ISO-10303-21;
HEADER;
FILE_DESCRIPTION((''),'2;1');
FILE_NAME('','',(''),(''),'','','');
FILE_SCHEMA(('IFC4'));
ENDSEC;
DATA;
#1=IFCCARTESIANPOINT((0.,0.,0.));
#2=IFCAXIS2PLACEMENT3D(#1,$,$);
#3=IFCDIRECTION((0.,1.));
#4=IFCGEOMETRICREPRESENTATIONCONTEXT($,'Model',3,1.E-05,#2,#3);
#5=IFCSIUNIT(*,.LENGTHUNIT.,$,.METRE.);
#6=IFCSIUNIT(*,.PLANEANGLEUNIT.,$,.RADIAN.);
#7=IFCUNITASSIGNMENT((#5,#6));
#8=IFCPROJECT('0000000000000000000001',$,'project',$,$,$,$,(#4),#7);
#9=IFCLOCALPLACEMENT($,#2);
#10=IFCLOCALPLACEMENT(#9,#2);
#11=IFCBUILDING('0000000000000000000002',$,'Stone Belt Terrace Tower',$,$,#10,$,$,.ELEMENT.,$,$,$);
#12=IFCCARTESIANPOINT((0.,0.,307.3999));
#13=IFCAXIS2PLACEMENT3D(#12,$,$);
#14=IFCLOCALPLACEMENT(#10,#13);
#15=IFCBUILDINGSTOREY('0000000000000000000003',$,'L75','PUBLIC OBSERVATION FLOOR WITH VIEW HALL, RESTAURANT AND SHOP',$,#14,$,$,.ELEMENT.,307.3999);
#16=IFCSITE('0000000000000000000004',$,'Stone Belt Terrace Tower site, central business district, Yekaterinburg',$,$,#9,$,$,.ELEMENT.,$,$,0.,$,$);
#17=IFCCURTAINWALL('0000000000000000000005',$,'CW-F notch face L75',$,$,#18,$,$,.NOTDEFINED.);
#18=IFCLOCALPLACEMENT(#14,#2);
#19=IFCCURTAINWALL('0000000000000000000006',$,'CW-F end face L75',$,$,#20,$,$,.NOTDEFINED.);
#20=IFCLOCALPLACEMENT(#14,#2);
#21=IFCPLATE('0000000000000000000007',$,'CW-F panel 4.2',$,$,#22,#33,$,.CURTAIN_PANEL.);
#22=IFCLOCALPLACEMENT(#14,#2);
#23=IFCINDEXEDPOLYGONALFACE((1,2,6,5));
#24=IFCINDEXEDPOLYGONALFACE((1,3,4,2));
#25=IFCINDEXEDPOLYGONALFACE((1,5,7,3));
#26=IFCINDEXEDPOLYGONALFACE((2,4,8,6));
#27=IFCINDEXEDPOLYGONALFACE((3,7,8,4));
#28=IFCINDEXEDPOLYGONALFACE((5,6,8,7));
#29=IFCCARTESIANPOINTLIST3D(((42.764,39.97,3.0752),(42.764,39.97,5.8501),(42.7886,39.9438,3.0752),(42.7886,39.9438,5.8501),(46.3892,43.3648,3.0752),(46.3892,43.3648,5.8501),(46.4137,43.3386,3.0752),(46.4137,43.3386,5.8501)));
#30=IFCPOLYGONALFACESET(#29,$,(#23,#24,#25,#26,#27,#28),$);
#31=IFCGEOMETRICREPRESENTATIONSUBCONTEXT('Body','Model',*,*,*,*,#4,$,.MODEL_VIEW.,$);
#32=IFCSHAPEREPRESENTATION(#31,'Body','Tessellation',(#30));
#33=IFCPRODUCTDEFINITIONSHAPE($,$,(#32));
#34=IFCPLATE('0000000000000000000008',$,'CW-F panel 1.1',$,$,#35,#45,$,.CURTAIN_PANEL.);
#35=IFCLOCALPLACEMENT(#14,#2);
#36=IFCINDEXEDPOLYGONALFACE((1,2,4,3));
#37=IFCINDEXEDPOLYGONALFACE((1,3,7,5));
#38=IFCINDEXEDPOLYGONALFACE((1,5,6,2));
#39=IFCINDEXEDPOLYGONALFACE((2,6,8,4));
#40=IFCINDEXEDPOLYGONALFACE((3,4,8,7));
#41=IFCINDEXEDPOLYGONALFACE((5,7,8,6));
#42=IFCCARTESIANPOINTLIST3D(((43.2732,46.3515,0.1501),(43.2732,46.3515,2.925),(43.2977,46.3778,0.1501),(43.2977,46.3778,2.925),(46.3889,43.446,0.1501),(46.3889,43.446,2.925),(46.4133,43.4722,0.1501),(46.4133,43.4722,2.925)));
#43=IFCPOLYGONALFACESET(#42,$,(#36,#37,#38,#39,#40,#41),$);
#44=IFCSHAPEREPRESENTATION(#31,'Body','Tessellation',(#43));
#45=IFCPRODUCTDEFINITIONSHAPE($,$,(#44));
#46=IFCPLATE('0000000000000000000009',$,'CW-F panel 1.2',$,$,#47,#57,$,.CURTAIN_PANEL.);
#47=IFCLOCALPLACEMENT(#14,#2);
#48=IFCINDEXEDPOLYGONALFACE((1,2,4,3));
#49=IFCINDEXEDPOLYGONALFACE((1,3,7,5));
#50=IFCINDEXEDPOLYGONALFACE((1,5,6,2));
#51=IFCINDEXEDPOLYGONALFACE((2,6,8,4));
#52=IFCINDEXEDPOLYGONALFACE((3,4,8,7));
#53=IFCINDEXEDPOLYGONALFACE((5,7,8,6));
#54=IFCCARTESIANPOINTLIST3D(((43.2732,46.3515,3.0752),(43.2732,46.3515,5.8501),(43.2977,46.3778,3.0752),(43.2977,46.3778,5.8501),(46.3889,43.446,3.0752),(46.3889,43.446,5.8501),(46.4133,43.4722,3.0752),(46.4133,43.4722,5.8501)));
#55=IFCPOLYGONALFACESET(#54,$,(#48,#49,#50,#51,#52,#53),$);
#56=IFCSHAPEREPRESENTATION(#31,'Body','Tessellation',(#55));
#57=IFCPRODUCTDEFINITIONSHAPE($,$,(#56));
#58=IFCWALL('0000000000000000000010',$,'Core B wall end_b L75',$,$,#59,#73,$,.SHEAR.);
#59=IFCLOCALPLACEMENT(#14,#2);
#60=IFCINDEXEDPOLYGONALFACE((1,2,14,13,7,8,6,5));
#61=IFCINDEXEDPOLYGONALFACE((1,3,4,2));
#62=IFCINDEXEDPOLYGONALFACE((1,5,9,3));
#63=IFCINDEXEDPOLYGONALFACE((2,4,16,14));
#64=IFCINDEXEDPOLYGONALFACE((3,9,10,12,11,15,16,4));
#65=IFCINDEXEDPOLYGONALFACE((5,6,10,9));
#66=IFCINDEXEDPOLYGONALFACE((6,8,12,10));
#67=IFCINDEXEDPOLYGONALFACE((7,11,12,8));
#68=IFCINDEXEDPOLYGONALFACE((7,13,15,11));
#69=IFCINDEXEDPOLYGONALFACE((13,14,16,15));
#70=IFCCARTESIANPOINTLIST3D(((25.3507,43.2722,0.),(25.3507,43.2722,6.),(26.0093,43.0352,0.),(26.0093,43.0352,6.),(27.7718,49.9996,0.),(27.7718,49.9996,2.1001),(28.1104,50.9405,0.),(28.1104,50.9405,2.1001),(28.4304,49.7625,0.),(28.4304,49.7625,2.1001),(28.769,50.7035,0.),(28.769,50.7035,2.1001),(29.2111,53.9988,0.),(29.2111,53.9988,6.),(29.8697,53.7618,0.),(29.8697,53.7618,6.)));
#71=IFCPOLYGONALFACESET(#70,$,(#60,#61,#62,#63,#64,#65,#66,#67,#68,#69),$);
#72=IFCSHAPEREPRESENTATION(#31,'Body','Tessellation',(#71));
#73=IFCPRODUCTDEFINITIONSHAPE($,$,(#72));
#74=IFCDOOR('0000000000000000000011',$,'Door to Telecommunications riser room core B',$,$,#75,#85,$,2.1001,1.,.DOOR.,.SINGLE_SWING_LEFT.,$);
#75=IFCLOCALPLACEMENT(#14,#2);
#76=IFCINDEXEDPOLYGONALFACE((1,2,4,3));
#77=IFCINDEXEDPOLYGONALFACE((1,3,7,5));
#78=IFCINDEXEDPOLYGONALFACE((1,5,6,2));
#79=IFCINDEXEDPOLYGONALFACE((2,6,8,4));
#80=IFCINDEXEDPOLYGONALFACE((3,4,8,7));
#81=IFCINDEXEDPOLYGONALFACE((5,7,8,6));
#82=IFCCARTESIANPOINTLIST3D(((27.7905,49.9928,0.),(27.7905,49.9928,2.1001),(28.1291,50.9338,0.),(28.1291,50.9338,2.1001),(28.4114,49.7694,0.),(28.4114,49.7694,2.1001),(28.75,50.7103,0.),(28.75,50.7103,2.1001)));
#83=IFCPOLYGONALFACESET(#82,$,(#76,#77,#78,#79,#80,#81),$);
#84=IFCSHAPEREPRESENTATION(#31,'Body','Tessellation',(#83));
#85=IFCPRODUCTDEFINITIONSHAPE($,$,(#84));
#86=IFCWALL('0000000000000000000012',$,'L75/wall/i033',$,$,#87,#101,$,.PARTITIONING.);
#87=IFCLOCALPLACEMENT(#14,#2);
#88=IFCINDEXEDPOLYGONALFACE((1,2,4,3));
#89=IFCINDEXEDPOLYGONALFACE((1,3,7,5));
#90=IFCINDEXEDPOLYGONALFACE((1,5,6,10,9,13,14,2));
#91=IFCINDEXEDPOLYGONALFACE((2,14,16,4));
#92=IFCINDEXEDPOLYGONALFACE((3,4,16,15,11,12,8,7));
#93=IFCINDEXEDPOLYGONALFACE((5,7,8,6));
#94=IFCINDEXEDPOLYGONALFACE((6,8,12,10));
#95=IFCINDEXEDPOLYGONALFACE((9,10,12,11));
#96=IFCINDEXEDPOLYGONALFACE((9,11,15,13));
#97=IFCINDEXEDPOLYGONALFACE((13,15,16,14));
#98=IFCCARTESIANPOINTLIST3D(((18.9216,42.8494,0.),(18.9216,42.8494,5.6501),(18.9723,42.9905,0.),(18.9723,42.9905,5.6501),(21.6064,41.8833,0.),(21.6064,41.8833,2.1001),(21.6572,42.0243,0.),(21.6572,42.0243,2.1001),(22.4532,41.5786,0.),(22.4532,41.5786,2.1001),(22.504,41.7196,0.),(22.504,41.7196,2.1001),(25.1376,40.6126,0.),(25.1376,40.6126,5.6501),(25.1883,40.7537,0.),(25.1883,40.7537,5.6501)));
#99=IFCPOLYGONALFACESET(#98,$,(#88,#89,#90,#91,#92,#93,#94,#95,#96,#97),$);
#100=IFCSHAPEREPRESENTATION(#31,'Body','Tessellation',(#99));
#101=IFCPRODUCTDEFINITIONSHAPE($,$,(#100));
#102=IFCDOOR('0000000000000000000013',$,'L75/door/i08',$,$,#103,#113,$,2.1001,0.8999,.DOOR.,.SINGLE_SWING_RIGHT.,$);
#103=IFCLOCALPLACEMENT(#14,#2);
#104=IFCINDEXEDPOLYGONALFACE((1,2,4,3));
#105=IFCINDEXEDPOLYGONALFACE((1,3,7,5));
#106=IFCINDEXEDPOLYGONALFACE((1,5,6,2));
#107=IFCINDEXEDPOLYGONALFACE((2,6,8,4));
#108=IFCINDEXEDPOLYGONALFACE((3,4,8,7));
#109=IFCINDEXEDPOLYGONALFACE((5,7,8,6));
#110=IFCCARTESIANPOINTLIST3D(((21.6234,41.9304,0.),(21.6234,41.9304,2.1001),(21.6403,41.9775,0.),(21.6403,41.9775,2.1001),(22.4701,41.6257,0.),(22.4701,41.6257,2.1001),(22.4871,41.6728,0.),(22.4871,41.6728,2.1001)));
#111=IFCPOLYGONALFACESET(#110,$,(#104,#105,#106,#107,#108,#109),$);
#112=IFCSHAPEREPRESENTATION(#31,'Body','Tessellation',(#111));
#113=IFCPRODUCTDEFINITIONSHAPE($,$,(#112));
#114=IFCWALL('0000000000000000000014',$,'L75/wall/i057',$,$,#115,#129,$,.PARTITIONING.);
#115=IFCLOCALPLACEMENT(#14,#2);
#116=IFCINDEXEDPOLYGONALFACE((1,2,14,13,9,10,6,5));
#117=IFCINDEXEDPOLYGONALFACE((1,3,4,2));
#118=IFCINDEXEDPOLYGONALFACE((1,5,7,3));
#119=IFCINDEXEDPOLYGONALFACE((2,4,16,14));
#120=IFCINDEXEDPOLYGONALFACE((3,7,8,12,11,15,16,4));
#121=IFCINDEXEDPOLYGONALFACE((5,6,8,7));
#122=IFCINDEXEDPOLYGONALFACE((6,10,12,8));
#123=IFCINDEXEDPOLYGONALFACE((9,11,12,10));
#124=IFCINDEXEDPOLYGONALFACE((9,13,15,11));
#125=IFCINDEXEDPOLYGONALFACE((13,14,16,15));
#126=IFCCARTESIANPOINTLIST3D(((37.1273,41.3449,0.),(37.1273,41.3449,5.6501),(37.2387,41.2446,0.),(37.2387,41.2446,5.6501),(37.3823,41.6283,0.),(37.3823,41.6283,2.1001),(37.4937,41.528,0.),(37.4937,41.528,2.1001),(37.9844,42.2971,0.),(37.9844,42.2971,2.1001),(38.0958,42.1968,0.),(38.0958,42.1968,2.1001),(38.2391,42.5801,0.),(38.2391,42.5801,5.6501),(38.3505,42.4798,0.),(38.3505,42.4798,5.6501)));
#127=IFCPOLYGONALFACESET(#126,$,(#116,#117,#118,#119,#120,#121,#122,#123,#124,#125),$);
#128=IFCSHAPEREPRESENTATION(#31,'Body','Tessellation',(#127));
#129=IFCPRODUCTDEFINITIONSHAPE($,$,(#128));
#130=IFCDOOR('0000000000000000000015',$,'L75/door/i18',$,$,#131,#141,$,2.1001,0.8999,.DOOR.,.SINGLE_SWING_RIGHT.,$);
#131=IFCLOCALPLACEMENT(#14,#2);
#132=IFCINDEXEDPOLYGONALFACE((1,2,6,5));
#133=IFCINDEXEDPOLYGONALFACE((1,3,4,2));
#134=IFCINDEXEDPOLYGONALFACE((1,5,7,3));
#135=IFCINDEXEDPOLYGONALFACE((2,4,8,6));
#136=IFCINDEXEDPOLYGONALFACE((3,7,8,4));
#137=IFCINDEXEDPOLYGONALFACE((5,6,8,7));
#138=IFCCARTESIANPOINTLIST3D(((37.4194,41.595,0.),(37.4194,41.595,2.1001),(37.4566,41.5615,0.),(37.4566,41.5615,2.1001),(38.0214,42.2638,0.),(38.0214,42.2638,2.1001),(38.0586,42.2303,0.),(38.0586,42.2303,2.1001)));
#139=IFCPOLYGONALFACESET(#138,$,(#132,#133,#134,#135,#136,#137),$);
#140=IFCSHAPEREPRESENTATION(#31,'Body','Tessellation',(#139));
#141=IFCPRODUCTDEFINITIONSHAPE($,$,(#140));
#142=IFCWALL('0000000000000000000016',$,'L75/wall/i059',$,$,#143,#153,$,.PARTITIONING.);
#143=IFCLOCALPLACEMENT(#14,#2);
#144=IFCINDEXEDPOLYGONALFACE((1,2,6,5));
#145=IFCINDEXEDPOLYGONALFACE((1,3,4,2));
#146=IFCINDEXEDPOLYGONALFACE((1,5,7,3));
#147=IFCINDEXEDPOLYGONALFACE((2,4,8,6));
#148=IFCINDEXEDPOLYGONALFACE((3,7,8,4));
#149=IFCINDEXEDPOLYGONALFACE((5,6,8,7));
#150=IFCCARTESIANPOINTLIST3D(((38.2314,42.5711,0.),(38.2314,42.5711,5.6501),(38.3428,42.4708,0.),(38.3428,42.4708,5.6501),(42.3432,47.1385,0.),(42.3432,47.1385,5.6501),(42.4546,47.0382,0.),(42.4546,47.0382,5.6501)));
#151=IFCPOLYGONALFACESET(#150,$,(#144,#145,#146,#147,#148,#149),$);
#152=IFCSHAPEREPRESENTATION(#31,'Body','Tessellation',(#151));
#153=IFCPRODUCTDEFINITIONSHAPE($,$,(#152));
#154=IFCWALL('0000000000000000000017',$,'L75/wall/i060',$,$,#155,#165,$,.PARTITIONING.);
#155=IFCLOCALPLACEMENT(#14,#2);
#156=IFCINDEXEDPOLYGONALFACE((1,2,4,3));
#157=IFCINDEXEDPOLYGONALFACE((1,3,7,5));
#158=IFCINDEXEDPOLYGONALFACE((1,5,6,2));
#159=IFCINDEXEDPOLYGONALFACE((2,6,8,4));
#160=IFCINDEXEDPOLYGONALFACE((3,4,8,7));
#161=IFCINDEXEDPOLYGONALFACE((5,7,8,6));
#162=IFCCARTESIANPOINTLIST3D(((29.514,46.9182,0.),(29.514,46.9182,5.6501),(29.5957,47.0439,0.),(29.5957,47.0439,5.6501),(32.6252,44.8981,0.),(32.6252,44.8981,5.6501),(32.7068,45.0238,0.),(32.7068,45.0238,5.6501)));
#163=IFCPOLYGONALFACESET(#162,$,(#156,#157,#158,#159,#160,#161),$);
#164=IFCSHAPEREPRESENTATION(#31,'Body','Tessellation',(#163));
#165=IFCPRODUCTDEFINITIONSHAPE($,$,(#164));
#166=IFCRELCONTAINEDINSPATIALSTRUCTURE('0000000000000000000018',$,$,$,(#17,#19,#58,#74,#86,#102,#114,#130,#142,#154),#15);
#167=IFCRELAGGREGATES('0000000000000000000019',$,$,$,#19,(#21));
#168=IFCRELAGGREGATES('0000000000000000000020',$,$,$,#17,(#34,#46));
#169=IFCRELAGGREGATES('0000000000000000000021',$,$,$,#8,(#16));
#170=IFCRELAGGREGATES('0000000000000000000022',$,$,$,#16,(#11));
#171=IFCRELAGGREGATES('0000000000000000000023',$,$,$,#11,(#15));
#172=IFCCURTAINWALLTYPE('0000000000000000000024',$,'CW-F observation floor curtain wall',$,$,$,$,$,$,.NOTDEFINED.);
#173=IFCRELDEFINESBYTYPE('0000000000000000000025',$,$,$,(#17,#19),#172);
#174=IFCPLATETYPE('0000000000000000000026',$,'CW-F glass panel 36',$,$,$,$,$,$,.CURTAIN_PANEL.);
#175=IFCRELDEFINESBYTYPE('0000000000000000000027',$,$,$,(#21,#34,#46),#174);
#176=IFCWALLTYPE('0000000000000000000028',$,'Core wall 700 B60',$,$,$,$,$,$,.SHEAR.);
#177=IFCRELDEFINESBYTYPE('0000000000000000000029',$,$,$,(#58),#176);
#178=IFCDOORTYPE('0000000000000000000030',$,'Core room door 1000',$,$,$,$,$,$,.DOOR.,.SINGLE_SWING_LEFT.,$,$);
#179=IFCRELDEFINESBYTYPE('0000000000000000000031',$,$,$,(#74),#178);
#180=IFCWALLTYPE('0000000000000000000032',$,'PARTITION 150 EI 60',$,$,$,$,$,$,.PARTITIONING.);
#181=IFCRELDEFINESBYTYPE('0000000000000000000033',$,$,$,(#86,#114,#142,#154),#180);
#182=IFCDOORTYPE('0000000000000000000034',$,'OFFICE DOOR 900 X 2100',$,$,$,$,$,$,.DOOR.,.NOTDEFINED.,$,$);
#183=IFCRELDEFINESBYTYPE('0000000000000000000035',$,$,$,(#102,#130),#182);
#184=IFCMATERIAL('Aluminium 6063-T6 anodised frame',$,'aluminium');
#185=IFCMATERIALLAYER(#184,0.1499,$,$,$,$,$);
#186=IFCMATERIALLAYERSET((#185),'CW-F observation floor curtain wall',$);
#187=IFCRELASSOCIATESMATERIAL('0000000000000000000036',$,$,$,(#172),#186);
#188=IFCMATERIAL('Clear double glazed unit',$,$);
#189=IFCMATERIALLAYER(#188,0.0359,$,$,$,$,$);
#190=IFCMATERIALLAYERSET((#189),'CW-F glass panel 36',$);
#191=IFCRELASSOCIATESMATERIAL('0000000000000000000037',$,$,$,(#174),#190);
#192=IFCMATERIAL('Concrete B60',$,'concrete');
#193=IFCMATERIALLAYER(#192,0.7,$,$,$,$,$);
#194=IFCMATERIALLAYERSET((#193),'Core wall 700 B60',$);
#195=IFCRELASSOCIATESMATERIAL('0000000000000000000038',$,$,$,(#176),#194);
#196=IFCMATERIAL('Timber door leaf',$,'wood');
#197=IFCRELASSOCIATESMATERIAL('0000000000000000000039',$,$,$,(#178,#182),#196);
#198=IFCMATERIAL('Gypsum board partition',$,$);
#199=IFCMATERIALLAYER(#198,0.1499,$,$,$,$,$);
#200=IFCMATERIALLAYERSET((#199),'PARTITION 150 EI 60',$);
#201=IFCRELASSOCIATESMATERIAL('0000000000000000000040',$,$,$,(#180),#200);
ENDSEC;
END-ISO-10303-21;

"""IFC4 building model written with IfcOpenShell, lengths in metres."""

from ifc_helpers import new_model, si_unit, direction, frame, frame_2d, origin, origin_2d, place, context, subcontext, project, spatial, rectangle, extrude, material, layer, layer_set, type_object, element, fill, aggregate, save


model = new_model("IFC4")

# Units and contexts
model_context = context("Model", 3, precision=1e-05, world=origin(), true_north=direction((0.0, 1.0)))
body_context = subcontext(model_context, "Body", "Model", "MODEL_VIEW")
ifc_project = project(units=[si_unit("LENGTHUNIT", "METRE"), si_unit("PLANEANGLEUNIT", "RADIAN")], contexts=[model_context])

# Site, building, storey
site_placement = place(None, origin())
site = spatial("IfcSite", under=ifc_project, at=site_placement, Name="Stone Belt Terrace Tower site, central business district, Yekaterinburg", CompositionType="ELEMENT", RefElevation=0.0)
building_placement = place(site_placement, origin())
building = spatial("IfcBuilding", under=site, at=building_placement, Name="Stone Belt Terrace Tower", CompositionType="ELEMENT")
storey_placement = place(building_placement, frame((0.0, 0.0, 307.3999)))
storey = spatial("IfcBuildingStorey", under=building, at=storey_placement, Name="L75", Description="PUBLIC OBSERVATION FLOOR WITH VIEW HALL, RESTAURANT AND SHOP", CompositionType="ELEMENT", Elevation=307.3999)

# Shared definitions
ifc_material_1 = material(Name="Concrete B60", Category="concrete")

# Curtain walls
ifc_material_2 = material(Name="Aluminium 6063-T6 anodised frame", Category="aluminium")
ifc_layer_1 = layer(ifc_material_2, 0.1499)
ifc_layer_set_1 = layer_set([ifc_layer_1], Name="CW-F observation floor curtain wall")
curtain_wall_type = type_object("IfcCurtainWallType", Name="CW-F observation floor curtain wall", PredefinedType="NOTDEFINED", material=ifc_layer_set_1)
curtain_wall_1_placement = place(storey_placement, origin())
curtain_wall_1 = element("IfcCurtainWall", 1, at=curtain_wall_1_placement, inside=storey, type_object=curtain_wall_type, Name="CW-F notch face L75", PredefinedType="NOTDEFINED")
curtain_wall_2_placement = place(storey_placement, origin())
curtain_wall_2 = element("IfcCurtainWall", 2, at=curtain_wall_2_placement, inside=storey, type_object=curtain_wall_type, Name="CW-F end face L75", PredefinedType="NOTDEFINED")

# Plates
ifc_material_3 = material(Name="Clear double glazed unit")
ifc_layer_2 = layer(ifc_material_3, 0.0359)
ifc_layer_set_2 = layer_set([ifc_layer_2], Name="CW-F glass panel 36")
plate_type = type_object("IfcPlateType", Name="CW-F glass panel 36", PredefinedType="CURTAIN_PANEL", material=ifc_layer_set_2)
plate_1_placement = place(storey_placement, frame((44.5889, 41.6543, 3.0752), z_axis=(0.0, 0.0, 1.0), x_axis=(0.729904, 0.683549, 0.0)))
plate_1 = element("IfcPlate", 3, at=plate_1_placement, type_object=plate_type, Name="CW-F panel 4.2", PredefinedType="CURTAIN_PANEL", context=body_context, shape_type="SweptSolid", body=[
    extrude(rectangle(XDim=4.9666, YDim=0.0359, at=origin_2d()), origin(), (0.0, 0.0, 1.0), 2.7749),
])
aggregate(curtain_wall_2, [plate_1])
plate_2_placement = place(storey_placement, frame((44.8433, 44.9119, 0.1501), z_axis=(0.0, 0.0, 1.0), x_axis=(-0.731339, 0.682014, 0.0)))
plate_2 = element("IfcPlate", 4, at=plate_2_placement, type_object=plate_type, Name="CW-F panel 1.1", PredefinedType="CURTAIN_PANEL", context=body_context, shape_type="SweptSolid", body=[
    extrude(rectangle(XDim=4.2603, YDim=0.0359, at=origin_2d()), origin(), (0.0, 0.0, 1.0), 2.7749),
])
plate_3_placement = place(storey_placement, frame((44.8433, 44.9119, 3.0752), z_axis=(0.0, 0.0, 1.0), x_axis=(-0.731339, 0.682014, 0.0)))
plate_3 = element("IfcPlate", 5, at=plate_3_placement, type_object=plate_type, Name="CW-F panel 1.2", PredefinedType="CURTAIN_PANEL", context=body_context, shape_type="SweptSolid", body=[
    extrude(rectangle(XDim=4.2603, YDim=0.0359, at=origin_2d()), origin(), (0.0, 0.0, 1.0), 2.7749),
])
aggregate(curtain_wall_1, [plate_2, plate_3])

# Walls, openings, doors
ifc_layer_3 = layer(ifc_material_1, 0.7)
ifc_layer_set_3 = layer_set([ifc_layer_3], Name="Core wall 700 B60")
wall_type_1 = type_object("IfcWallType", Name="Core wall 700 B60", PredefinedType="SHEAR", material=ifc_layer_set_3)
wall_1_placement = place(storey_placement, frame((25.6799, 43.1536, 0.0), z_axis=(0.0, 0.0, 1.0), x_axis=(0.338625, 0.940921, 0.0)))
wall_1 = element("IfcWall", 6, at=wall_1_placement, inside=storey, type_object=wall_type_1, Name="Core B wall end_b L75", PredefinedType="SHEAR", context=body_context, shape_type="SweptSolid", body=[
    extrude(rectangle(XDim=11.4001, YDim=0.7, at=frame_2d((5.7002, 0.0))), origin(), (0.0, 0.0, 1.0), 6.0),
])
opening_1_placement = place(wall_1_placement, frame((7.1499, 0.0, 0.0)))
opening_1 = element("IfcOpeningElement", 7, at=opening_1_placement, cuts=wall_1, PredefinedType="OPENING", context=body_context, shape_type="SweptSolid", body=[
    extrude(rectangle(XDim=1.0, YDim=2.1001, at=frame_2d((0.5, 1.05))), frame((0.0, 0.3599, 0.0), z_axis=(0.0, -1.0, 0.0), x_axis=(1.0, 0.0, 0.0)), (0.0, 0.0, 1.0), 0.72),
])
ifc_material_4 = material(Name="Timber door leaf", Category="wood")
door_type_1 = type_object("IfcDoorType", Name="Core room door 1000", OperationType="SINGLE_SWING_LEFT", PredefinedType="DOOR", material=ifc_material_4)
door_1_placement = place(opening_1_placement, origin())
door_1 = element("IfcDoor", 8, at=door_1_placement, inside=storey, type_object=door_type_1, Name="Door to Telecommunications riser room core B", OperationType="SINGLE_SWING_LEFT", OverallHeight=2.1001, OverallWidth=1.0, PredefinedType="DOOR", context=body_context, shape_type="SweptSolid", body=[
    extrude(rectangle(XDim=1.0, YDim=2.1001, at=frame_2d((0.5, 1.05))), frame((0.0, 0.3301, 0.0), z_axis=(0.0, -1.0, 0.0), x_axis=(1.0, 0.0, 0.0)), (0.0, 0.0, 1.0), 0.6599),
])
fill(opening_1, door_1)
ifc_material_5 = material(Name="Gypsum board partition")
ifc_layer_4 = layer(ifc_material_5, 0.1499)
ifc_layer_set_4 = layer_set([ifc_layer_4], Name="PARTITION 150 EI 60")
wall_type_2 = type_object("IfcWallType", Name="PARTITION 150 EI 60", PredefinedType="PARTITIONING", material=ifc_layer_set_4)
wall_2_placement = place(storey_placement, frame((25.1631, 40.6831, 0.0), z_axis=(0.0, 0.0, 1.0), x_axis=(-0.940934, 0.33859, 0.0)))
wall_2 = element("IfcWall", 9, at=wall_2_placement, inside=storey, type_object=wall_type_2, Name="L75/wall/i033", PredefinedType="PARTITIONING", context=body_context, shape_type="SweptSolid", body=[
    extrude(rectangle(XDim=6.6062, YDim=0.1499, at=frame_2d((3.3032, 0.0))), origin(), (0.0, 0.0, 1.0), 5.6501),
])
opening_2_placement = place(wall_2_placement, frame((2.853, 0.0, 0.0)))
opening_2 = element("IfcOpeningElement", 10, at=opening_2_placement, cuts=wall_2, PredefinedType="OPENING", context=body_context, shape_type="SweptSolid", body=[
    extrude(rectangle(XDim=0.8999, YDim=2.1001, at=frame_2d((0.45, 1.05))), frame((0.0, 0.085, 0.0), z_axis=(0.0, -1.0, 0.0), x_axis=(1.0, 0.0, 0.0)), (0.0, 0.0, 1.0), 0.1699),
])
door_type_2 = type_object("IfcDoorType", Name="OFFICE DOOR 900 X 2100", OperationType="NOTDEFINED", PredefinedType="DOOR", material=ifc_material_4)
door_2_placement = place(opening_2_placement, origin())
door_2 = element("IfcDoor", 11, at=door_2_placement, inside=storey, type_object=door_type_2, Name="L75/door/i08", OperationType="SINGLE_SWING_RIGHT", OverallHeight=2.1001, OverallWidth=0.8999, PredefinedType="DOOR", context=body_context, shape_type="SweptSolid", body=[
    extrude(rectangle(XDim=0.8999, YDim=2.1001, at=frame_2d((0.45, 1.05))), frame((0.0, 0.0249, 0.0), z_axis=(0.0, -1.0, 0.0), x_axis=(1.0, 0.0, 0.0)), (0.0, 0.0, 1.0), 0.05),
])
fill(opening_2, door_2)
wall_3_placement = place(storey_placement, frame((38.2949, 42.53, 0.0), z_axis=(0.0, 0.0, 1.0), x_axis=(-0.669038, -0.743228, 0.0)))
wall_3 = element("IfcWall", 12, at=wall_3_placement, inside=storey, type_object=wall_type_2, Name="L75/wall/i057", PredefinedType="PARTITIONING", context=body_context, shape_type="SweptSolid", body=[
    extrude(rectangle(XDim=1.6619, YDim=0.1499, at=frame_2d((0.8311, 0.0))), origin(), (0.0, 0.0, 1.0), 5.6501),
])
opening_3_placement = place(wall_3_placement, frame((0.3809, 0.0, 0.0)))
opening_3 = element("IfcOpeningElement", 13, at=opening_3_placement, cuts=wall_3, PredefinedType="OPENING", context=body_context, shape_type="SweptSolid", body=[
    extrude(rectangle(XDim=0.8999, YDim=2.1001, at=frame_2d((0.45, 1.05))), frame((0.0, 0.085, 0.0), z_axis=(0.0, -1.0, 0.0), x_axis=(1.0, 0.0, 0.0)), (0.0, 0.0, 1.0), 0.1699),
])
door_3_placement = place(opening_3_placement, origin())
door_3 = element("IfcDoor", 14, at=door_3_placement, inside=storey, type_object=door_type_2, Name="L75/door/i18", OperationType="SINGLE_SWING_RIGHT", OverallHeight=2.1001, OverallWidth=0.8999, PredefinedType="DOOR", context=body_context, shape_type="SweptSolid", body=[
    extrude(rectangle(XDim=0.8999, YDim=2.1001, at=frame_2d((0.45, 1.05))), frame((0.0, 0.0249, 0.0), z_axis=(0.0, -1.0, 0.0), x_axis=(1.0, 0.0, 0.0)), (0.0, 0.0, 1.0), 0.05),
])
fill(opening_3, door_3)

# Walls
wall_4_placement = place(storey_placement, frame((38.2871, 42.521, 0.0), z_axis=(0.0, 0.0, 1.0), x_axis=(0.66907, 0.743199, 0.0)))
element("IfcWall", 15, at=wall_4_placement, inside=storey, type_object=wall_type_2, Name="L75/wall/i059", PredefinedType="PARTITIONING", context=body_context, shape_type="SweptSolid", body=[
    extrude(rectangle(XDim=6.1455, YDim=0.1499, at=frame_2d((3.0728, 0.0))), origin(), (0.0, 0.0, 1.0), 5.6501),
])
wall_5_placement = place(storey_placement, frame((32.666, 44.9609, 0.0), z_axis=(0.0, 0.0, 1.0), x_axis=(-0.838713, 0.544574, 0.0)))
element("IfcWall", 16, at=wall_5_placement, inside=storey, type_object=wall_type_2, Name="L75/wall/i060", PredefinedType="PARTITIONING", context=body_context, shape_type="SweptSolid", body=[
    extrude(rectangle(XDim=3.7095, YDim=0.1499, at=frame_2d((1.8547, 0.0))), origin(), (0.0, 0.0, 1.0), 5.6501),
])

save(model, "model.ifc")
